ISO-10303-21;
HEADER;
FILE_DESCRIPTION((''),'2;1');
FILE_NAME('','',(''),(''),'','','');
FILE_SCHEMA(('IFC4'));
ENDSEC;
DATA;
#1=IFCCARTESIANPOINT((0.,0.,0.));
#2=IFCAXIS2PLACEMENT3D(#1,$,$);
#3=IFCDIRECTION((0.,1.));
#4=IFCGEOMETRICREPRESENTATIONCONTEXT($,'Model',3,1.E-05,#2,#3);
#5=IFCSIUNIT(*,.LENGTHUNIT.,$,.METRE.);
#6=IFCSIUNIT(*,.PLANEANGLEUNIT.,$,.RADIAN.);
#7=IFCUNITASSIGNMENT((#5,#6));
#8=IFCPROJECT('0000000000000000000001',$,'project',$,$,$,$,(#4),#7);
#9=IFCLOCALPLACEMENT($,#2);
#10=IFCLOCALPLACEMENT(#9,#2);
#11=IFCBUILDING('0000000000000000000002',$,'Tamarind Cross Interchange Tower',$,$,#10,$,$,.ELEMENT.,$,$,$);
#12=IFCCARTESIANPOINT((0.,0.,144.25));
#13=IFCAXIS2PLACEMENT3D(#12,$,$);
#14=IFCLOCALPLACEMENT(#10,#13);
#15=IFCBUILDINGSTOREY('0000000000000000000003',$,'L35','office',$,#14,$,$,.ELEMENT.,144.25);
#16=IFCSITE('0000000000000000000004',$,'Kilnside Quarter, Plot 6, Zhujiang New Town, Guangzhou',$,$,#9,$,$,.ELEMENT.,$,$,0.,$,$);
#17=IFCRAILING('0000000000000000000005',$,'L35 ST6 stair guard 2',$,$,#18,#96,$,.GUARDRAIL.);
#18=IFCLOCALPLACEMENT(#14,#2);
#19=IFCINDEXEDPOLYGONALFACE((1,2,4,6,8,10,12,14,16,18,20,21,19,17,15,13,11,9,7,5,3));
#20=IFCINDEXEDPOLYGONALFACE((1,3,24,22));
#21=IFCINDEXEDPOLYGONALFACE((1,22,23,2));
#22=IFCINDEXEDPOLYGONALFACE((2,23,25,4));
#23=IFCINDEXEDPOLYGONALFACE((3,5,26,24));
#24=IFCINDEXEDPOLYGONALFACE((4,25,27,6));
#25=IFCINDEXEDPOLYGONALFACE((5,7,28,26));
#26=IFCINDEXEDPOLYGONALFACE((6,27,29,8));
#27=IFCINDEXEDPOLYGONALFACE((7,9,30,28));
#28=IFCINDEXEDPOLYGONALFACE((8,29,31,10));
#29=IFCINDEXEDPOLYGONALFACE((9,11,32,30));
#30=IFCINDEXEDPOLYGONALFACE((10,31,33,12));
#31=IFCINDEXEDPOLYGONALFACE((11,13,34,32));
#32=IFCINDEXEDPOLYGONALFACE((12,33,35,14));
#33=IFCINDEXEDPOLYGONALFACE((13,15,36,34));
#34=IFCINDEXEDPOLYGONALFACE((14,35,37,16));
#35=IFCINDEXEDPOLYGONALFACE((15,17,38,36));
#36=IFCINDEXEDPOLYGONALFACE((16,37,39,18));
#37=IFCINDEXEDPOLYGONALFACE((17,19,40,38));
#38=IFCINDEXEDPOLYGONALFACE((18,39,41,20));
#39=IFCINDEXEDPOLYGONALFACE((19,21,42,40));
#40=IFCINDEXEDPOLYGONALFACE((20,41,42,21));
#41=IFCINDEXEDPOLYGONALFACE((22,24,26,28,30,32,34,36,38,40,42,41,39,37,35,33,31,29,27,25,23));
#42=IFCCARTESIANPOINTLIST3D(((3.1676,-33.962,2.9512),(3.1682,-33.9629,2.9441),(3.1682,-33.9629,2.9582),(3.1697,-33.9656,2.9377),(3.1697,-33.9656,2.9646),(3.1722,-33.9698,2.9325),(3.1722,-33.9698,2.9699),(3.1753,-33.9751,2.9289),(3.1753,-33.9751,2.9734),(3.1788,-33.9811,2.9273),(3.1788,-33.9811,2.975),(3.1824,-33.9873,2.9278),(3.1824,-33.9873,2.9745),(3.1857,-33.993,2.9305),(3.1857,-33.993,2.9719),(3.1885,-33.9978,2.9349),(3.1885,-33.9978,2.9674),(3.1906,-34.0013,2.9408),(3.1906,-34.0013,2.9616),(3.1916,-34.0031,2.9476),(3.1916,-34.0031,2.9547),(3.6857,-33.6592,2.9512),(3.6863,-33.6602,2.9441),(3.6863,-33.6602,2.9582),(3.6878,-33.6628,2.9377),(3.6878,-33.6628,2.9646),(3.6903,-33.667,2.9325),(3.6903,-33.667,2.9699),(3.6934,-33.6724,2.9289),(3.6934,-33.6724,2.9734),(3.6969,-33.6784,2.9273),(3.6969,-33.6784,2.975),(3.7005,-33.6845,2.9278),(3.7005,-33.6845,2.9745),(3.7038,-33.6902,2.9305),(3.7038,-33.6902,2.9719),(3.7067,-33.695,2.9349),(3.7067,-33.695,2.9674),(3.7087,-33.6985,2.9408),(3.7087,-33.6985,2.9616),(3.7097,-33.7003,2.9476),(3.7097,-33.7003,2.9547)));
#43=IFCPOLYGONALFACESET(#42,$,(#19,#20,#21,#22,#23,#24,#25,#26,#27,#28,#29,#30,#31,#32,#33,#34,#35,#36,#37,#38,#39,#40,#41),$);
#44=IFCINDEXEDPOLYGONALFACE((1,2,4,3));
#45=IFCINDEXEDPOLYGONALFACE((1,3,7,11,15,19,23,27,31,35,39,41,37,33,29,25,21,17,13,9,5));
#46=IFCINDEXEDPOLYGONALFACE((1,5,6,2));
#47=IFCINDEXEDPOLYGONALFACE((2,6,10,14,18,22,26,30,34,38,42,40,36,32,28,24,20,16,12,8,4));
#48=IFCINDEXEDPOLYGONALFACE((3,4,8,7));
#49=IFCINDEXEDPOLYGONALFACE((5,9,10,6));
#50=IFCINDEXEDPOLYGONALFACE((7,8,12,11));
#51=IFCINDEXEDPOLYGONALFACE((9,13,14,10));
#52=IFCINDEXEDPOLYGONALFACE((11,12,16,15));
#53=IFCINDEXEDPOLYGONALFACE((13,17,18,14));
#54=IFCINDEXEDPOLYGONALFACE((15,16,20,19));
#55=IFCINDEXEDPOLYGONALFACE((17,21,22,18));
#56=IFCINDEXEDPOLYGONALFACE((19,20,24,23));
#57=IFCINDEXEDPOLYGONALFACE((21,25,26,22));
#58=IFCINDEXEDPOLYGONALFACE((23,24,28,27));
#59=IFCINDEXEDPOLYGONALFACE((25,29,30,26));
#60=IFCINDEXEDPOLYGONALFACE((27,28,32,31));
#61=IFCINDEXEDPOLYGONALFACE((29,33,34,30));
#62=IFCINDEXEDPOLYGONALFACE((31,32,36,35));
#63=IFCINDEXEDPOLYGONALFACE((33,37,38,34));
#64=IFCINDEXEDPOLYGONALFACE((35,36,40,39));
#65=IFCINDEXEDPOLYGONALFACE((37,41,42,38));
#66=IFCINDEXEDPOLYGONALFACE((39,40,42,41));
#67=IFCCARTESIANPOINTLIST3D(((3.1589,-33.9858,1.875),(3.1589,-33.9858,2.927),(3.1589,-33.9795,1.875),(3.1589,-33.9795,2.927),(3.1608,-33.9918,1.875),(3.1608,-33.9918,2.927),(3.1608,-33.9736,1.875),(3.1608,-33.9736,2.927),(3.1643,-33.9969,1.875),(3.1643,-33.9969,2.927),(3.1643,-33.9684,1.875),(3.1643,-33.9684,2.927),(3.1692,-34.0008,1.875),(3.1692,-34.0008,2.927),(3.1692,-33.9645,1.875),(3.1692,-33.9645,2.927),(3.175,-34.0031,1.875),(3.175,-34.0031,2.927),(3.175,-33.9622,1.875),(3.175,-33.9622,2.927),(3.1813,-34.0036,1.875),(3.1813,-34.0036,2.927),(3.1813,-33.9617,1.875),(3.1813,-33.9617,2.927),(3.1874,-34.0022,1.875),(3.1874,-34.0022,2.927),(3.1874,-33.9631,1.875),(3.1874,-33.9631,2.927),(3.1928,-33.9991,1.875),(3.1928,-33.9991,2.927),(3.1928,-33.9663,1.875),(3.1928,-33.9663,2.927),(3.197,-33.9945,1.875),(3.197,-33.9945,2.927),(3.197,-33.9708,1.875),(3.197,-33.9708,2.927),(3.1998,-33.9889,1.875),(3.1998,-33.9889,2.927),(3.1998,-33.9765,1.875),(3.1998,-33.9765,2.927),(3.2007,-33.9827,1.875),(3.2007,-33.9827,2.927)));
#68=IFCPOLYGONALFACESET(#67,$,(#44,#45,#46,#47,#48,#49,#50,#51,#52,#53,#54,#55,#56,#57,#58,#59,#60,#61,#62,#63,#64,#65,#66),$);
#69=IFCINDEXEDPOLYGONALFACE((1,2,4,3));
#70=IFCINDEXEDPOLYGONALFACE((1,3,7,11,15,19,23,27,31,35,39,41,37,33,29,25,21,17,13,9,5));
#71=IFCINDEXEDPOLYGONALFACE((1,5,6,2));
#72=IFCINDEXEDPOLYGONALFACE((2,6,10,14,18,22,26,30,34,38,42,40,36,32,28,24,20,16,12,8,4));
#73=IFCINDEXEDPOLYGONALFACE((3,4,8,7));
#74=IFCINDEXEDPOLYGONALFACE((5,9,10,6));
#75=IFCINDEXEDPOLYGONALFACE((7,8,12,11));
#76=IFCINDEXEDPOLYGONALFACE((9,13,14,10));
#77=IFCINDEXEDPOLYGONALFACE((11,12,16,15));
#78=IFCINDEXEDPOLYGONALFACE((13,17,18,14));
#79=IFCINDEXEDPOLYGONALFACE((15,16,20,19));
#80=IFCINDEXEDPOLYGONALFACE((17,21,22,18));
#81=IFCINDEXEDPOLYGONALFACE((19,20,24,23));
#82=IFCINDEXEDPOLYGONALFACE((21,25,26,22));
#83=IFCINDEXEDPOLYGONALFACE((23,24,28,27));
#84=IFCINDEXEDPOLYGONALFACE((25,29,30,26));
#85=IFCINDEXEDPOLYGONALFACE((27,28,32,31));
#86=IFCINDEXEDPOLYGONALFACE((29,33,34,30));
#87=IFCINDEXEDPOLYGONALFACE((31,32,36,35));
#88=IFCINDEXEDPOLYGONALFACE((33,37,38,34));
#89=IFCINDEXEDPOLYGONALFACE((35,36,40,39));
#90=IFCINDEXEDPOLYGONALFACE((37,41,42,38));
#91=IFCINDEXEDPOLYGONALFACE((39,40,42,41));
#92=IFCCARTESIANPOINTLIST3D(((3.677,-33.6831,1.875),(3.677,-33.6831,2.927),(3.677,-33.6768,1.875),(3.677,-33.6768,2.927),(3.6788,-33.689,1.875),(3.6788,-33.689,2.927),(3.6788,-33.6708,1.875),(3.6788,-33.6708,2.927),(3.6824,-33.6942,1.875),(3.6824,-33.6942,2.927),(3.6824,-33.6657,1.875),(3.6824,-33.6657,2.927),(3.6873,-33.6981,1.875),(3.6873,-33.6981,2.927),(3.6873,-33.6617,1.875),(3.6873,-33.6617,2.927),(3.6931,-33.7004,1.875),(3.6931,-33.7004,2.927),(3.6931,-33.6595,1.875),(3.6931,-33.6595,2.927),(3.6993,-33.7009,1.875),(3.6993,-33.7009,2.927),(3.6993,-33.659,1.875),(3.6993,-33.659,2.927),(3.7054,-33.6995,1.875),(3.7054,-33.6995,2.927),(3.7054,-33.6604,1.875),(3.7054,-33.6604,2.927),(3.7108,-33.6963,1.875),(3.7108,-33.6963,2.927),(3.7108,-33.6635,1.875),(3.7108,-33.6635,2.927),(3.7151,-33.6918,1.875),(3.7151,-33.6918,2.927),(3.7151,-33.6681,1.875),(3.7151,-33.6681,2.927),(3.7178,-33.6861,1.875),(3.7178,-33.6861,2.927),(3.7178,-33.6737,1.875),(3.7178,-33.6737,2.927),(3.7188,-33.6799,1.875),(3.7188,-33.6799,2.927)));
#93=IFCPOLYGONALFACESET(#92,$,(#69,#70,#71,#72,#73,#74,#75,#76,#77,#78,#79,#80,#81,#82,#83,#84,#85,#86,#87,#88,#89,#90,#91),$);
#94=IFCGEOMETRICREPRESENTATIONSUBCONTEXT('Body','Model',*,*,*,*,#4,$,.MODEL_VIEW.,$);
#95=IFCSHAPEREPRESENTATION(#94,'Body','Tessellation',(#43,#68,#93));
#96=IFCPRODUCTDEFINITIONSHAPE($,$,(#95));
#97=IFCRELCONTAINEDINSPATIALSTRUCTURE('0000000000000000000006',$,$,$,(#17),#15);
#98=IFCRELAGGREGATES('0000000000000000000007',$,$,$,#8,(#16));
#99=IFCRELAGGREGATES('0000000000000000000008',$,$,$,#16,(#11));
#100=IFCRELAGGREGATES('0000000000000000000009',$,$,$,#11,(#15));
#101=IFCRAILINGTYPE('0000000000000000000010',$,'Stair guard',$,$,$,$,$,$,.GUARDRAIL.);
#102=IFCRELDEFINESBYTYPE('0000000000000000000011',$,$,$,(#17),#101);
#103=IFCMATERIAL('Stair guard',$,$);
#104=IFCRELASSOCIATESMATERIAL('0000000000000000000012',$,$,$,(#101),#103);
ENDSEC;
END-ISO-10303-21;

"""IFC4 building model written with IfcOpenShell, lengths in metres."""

from ifc_helpers import new_model, si_unit, direction, frame, origin, origin_2d, place, context, subcontext, project, spatial, circle, extrude, material, type_object, element, save


model = new_model("IFC4")

# Units and contexts
model_context = context("Model", 3, precision=1e-05, world=origin(), true_north=direction((0.0, 1.0)))
body_context = subcontext(model_context, "Body", "Model", "MODEL_VIEW")
ifc_project = project(units=[si_unit("LENGTHUNIT", "METRE"), si_unit("PLANEANGLEUNIT", "RADIAN")], contexts=[model_context])

# Site, building, storey
site_placement = place(None, origin())
site = spatial("IfcSite", under=ifc_project, at=site_placement, Name="Kilnside Quarter, Plot 6, Zhujiang New Town, Guangzhou", CompositionType="ELEMENT", RefElevation=0.0)
building_placement = place(site_placement, origin())
building = spatial("IfcBuilding", under=site, at=building_placement, Name="Tamarind Cross Interchange Tower", CompositionType="ELEMENT")
storey_placement = place(building_placement, frame((0.0, 0.0, 144.25)))
storey = spatial("IfcBuildingStorey", under=building, at=storey_placement, Name="L35", Description="office", CompositionType="ELEMENT", Elevation=144.25)

# Railing
ifc_material_1 = material(Name="Stair guard")
railing_type_1 = type_object("IfcRailingType", Name="Stair guard", PredefinedType="GUARDRAIL", material=ifc_material_1)
railing_1_placement = place(storey_placement, frame((3.1797, -33.9827, 1.875)))
element("IfcRailing", 1, at=railing_1_placement, inside=storey, type_object=railing_type_1, Name="L35 ST6 stair guard 2", PredefinedType="GUARDRAIL", context=body_context, shape_type="SweptSolid", body=[
    extrude(circle(Radius=0.0239, at=origin_2d()), frame((0.0, 0.0, 1.0762), z_axis=(0.863395, 0.504529, 0.0), x_axis=(-0.504529, 0.863395, 0.0)), (0.0, 0.0, 1.0), 0.6001),
    extrude(circle(Radius=0.021, at=origin_2d()), origin(), (0.0, 0.0, 1.0), 1.052),
    extrude(circle(Radius=0.021, at=origin_2d()), frame((0.5181, 0.3027, 0.0)), (0.0, 0.0, 1.0), 1.052),
])

save(model, "model.ifc")
